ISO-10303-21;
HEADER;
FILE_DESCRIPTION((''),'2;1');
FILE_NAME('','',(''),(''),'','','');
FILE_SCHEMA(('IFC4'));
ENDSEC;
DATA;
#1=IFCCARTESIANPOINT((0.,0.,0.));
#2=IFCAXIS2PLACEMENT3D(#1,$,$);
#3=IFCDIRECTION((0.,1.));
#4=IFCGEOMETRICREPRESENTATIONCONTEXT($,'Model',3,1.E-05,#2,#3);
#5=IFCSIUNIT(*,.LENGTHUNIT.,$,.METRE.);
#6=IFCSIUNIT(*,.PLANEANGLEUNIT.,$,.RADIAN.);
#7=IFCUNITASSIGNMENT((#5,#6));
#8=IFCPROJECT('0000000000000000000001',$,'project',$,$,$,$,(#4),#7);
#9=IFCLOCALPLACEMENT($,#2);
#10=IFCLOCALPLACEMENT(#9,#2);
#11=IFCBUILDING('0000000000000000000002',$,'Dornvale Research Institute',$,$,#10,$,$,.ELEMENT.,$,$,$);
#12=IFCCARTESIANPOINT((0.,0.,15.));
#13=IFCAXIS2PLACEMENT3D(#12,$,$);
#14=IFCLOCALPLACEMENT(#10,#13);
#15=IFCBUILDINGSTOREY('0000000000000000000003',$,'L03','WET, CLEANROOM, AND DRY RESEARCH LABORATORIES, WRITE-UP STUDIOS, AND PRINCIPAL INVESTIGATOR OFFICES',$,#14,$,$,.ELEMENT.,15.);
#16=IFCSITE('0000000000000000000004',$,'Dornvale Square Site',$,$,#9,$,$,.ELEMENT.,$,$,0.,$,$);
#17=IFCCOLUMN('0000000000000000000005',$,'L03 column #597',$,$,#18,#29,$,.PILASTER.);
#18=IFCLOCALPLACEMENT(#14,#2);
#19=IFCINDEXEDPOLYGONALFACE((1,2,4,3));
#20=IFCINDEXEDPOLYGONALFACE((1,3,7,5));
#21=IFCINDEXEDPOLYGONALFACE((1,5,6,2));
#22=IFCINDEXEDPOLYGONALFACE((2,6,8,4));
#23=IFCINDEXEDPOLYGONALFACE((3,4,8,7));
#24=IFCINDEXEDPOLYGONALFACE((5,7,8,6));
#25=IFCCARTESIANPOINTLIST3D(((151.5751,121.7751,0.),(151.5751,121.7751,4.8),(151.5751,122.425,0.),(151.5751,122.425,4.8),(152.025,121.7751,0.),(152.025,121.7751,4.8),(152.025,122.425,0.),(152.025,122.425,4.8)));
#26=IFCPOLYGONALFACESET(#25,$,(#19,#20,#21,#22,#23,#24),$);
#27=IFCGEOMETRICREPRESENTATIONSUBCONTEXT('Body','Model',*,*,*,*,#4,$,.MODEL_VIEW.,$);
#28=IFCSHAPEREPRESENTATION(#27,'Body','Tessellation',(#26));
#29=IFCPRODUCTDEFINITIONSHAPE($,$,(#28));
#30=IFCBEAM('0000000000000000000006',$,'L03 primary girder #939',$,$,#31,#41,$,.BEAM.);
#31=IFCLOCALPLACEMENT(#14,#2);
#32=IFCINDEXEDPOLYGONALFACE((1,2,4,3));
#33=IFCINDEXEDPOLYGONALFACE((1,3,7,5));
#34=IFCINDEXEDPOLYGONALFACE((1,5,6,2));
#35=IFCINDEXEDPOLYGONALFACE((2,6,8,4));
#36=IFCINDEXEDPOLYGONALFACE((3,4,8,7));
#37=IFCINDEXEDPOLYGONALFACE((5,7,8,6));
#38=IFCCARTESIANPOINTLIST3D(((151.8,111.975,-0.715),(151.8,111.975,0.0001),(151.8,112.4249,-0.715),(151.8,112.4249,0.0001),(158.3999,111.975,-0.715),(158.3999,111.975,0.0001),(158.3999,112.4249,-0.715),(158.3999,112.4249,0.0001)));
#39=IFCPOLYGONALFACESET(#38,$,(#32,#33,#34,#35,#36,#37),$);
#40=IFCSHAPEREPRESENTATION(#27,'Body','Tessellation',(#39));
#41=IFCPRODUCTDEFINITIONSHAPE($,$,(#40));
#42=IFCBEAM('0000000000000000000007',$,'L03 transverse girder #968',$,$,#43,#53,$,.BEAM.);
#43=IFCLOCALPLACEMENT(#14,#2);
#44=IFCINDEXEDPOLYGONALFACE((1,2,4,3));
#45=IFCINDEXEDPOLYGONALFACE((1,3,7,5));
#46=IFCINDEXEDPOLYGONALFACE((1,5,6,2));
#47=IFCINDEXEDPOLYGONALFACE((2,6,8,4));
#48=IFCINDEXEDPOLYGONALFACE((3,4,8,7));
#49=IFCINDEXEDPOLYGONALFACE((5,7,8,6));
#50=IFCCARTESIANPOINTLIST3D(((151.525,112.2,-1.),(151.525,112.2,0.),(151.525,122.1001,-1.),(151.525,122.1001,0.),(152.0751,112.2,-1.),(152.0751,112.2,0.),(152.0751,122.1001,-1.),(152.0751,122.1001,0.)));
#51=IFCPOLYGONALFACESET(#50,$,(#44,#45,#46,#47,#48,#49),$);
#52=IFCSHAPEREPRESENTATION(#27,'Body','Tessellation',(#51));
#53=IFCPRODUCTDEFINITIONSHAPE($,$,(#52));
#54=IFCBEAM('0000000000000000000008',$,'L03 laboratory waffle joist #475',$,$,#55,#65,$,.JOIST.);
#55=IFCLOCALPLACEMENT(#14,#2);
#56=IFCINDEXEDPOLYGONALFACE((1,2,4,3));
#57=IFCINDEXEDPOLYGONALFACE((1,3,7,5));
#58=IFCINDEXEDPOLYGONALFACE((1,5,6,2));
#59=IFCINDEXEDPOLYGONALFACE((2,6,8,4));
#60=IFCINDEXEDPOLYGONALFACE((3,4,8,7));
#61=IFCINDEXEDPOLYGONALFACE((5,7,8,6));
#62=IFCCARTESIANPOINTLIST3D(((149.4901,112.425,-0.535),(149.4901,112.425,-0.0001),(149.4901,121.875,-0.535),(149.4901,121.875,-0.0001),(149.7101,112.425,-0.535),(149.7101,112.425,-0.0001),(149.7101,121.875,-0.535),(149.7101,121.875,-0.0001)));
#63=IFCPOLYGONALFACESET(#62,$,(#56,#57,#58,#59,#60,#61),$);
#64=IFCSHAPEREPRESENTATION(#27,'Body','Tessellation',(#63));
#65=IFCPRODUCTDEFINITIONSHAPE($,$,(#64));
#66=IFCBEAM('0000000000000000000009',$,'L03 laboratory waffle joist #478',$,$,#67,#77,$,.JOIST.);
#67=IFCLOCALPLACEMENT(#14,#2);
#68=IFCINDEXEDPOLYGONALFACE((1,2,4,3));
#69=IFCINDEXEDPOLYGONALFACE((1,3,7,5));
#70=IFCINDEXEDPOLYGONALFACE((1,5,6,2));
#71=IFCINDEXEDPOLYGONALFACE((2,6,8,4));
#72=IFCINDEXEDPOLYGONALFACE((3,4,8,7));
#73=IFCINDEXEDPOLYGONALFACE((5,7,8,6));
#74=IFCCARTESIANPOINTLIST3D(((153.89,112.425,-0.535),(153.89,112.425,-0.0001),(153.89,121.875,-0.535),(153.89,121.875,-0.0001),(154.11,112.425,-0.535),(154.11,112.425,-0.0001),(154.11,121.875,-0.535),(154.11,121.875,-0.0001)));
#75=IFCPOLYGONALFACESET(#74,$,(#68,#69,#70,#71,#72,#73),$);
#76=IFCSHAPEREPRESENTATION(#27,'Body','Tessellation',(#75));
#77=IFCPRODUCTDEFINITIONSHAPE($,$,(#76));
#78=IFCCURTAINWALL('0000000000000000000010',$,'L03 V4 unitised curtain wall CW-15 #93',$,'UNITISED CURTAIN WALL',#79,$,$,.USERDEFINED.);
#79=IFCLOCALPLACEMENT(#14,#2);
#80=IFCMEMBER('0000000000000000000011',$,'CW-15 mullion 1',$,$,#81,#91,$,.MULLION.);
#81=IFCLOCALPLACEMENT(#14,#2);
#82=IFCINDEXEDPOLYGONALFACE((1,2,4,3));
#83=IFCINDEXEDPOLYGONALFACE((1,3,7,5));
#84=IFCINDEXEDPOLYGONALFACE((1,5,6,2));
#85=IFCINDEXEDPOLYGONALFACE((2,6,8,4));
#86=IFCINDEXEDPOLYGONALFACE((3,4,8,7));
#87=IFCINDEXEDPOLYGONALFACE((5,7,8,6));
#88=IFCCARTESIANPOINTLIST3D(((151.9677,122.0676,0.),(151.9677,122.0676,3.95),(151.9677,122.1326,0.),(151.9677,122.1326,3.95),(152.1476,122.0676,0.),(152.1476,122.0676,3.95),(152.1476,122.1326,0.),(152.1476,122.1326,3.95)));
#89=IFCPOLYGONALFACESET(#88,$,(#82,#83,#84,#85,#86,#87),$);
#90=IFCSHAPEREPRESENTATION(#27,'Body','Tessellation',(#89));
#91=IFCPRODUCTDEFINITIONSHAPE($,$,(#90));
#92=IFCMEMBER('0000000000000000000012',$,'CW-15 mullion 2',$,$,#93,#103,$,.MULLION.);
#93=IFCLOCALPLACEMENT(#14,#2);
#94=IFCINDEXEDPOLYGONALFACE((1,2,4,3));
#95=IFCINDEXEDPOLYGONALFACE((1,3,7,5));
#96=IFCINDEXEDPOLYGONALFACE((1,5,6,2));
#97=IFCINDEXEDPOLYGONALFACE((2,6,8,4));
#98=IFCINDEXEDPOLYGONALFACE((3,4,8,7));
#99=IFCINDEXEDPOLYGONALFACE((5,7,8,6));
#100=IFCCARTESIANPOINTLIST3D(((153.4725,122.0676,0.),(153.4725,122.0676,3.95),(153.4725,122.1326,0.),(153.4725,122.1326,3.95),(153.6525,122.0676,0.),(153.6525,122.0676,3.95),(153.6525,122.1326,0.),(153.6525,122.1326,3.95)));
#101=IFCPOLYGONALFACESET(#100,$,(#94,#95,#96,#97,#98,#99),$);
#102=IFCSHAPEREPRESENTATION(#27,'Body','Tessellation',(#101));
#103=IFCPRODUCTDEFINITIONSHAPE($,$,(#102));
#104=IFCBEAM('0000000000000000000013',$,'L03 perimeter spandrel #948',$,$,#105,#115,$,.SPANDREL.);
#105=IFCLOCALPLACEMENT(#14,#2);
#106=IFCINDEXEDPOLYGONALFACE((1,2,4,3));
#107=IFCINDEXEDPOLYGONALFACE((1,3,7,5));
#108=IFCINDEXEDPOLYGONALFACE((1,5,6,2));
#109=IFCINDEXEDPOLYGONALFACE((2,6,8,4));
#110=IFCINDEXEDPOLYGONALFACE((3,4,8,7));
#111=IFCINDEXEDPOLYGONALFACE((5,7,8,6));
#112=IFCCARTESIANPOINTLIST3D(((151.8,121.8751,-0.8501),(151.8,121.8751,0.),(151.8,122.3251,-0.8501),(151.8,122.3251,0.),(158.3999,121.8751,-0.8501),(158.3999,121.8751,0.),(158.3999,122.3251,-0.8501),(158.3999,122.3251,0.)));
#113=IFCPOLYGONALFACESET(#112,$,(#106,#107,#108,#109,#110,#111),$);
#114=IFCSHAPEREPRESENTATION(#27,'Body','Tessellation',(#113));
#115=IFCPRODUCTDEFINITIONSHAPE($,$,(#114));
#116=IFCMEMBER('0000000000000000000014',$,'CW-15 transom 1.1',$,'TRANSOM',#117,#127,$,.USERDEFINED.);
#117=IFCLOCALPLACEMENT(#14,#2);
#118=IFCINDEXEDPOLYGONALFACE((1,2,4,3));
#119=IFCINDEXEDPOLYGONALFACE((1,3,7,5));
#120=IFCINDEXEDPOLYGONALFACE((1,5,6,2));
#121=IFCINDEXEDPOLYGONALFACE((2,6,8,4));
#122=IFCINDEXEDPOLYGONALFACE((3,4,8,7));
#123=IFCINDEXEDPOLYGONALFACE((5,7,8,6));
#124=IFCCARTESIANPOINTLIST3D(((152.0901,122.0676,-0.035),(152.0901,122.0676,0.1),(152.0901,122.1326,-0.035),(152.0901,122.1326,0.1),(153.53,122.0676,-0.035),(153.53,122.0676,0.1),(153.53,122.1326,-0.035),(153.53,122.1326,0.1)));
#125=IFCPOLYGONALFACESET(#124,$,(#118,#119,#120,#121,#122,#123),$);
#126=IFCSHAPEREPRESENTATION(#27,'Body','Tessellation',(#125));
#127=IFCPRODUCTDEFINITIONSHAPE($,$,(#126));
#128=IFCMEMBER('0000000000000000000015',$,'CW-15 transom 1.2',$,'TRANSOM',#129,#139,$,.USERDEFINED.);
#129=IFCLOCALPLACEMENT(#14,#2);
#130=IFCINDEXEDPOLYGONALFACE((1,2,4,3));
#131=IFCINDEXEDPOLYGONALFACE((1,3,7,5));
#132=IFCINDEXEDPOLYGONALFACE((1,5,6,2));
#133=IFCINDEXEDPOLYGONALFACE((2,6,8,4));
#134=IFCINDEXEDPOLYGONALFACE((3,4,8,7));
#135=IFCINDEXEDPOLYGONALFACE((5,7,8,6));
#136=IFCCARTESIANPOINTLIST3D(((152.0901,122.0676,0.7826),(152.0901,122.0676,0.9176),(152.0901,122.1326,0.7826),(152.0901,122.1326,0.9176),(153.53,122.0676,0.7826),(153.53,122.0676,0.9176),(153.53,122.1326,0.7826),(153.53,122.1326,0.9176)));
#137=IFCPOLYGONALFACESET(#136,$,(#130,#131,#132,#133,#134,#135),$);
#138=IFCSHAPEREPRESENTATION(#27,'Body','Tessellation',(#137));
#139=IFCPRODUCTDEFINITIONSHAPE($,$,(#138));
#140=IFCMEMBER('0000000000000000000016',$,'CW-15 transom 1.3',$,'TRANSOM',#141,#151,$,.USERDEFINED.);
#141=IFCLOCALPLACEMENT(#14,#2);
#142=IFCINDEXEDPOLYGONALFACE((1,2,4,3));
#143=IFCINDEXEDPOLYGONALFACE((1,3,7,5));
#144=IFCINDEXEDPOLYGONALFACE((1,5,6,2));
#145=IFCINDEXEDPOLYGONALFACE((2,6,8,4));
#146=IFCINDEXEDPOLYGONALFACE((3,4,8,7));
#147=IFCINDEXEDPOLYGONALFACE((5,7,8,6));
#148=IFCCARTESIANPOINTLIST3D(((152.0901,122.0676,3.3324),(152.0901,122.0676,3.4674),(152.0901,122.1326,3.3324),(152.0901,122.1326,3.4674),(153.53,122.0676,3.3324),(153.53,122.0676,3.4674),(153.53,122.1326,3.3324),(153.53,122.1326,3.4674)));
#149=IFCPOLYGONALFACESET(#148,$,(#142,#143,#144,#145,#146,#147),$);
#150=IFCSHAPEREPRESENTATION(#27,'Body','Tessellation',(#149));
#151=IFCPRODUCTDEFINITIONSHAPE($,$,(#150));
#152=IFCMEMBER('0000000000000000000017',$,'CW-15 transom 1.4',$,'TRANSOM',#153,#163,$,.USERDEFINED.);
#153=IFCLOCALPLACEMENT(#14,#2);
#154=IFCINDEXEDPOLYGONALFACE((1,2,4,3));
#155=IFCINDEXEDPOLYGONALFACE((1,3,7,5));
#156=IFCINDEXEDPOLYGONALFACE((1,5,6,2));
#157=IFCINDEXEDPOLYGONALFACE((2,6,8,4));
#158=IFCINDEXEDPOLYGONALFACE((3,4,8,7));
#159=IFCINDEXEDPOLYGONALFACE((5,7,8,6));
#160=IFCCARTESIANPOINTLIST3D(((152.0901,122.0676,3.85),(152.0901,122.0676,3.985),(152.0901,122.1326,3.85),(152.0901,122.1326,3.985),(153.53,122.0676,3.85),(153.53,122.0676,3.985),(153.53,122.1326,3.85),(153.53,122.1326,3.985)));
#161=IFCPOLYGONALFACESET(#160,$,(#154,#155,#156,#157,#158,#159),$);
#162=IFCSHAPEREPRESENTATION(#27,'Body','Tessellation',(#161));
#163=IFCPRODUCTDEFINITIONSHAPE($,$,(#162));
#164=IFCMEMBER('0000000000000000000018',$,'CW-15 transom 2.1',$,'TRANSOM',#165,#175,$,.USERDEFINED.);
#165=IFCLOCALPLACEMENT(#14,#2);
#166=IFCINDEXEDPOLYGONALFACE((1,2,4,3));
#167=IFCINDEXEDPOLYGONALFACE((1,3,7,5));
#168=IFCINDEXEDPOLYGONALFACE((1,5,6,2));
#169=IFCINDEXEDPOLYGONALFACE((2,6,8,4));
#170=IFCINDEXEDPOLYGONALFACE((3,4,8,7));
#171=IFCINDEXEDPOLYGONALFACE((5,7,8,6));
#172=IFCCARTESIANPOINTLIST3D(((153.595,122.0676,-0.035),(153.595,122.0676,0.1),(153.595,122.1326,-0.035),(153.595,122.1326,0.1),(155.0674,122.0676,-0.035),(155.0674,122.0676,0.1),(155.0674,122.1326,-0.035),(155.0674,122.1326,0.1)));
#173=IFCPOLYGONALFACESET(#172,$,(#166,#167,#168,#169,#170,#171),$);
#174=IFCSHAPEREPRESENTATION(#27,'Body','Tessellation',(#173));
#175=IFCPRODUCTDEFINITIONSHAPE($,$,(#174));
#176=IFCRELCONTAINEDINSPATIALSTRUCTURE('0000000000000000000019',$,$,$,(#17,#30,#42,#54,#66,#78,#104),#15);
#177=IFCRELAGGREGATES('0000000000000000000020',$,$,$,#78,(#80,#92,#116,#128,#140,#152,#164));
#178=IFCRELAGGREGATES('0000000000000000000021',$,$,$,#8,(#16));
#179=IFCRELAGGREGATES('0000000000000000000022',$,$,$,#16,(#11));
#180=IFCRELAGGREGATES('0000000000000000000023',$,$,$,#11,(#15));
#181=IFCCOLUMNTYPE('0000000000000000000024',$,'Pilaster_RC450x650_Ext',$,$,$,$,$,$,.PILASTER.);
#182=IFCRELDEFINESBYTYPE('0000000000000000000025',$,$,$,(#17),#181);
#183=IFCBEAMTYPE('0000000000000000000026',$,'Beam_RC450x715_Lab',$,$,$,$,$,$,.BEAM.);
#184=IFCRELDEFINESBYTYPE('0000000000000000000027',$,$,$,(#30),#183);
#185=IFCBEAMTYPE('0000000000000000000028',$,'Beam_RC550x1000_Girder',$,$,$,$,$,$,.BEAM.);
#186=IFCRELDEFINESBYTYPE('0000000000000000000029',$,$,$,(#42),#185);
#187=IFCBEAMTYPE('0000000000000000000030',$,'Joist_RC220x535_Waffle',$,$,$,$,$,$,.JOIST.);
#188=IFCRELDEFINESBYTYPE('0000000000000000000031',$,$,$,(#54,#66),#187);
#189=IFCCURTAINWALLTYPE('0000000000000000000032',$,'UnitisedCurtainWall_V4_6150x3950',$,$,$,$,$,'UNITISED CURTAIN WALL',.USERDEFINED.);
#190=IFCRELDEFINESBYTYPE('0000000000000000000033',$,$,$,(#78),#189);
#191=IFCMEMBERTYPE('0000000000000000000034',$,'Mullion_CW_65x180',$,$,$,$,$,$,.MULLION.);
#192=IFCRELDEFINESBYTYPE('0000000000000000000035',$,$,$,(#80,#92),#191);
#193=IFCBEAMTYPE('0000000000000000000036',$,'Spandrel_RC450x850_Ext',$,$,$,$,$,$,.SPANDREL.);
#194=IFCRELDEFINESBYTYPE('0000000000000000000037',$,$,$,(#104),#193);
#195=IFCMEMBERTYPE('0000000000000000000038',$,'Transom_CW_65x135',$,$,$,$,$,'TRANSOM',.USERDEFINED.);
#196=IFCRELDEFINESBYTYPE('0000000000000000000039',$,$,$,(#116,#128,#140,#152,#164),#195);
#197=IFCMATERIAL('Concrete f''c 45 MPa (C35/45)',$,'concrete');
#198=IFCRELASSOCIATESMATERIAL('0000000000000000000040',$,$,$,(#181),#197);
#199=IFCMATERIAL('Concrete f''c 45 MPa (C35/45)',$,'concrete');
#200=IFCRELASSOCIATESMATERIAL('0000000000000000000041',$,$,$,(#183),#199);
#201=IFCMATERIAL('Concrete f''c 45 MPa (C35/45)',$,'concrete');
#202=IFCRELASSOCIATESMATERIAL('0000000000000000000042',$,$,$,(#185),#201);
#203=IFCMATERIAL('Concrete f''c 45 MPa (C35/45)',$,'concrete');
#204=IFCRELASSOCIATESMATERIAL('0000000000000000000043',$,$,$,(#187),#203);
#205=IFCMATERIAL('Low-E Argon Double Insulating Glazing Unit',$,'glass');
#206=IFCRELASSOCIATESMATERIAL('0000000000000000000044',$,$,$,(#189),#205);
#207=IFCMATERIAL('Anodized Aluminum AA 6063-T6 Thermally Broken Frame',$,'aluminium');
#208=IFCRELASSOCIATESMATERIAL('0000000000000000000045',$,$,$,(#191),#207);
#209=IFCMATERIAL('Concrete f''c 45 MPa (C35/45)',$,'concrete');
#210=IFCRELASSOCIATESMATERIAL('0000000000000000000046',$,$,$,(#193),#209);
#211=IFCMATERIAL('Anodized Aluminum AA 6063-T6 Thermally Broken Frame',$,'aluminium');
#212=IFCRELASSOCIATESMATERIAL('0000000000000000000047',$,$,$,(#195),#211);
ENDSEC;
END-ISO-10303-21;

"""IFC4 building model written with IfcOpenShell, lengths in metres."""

from ifc_helpers import new_model, si_unit, direction, frame, origin, origin_2d, place, context, subcontext, project, spatial, rectangle, extrude, material, material_profile, profile_set, type_object, element, aggregate, save


model = new_model("IFC4")

# Units and contexts
model_context = context("Model", 3, precision=1e-05, world=origin(), true_north=direction((0.0, 1.0)))
body_context = subcontext(model_context, "Body", "Model", "MODEL_VIEW")
ifc_project = project(units=[si_unit("LENGTHUNIT", "METRE"), si_unit("PLANEANGLEUNIT", "RADIAN")], contexts=[model_context])

# Site, building, storey
site_placement = place(None, origin())
site = spatial("IfcSite", under=ifc_project, at=site_placement, Name="Dornvale Square Site", CompositionType="ELEMENT", RefElevation=0.0)
building_placement = place(site_placement, origin())
building = spatial("IfcBuilding", under=site, at=building_placement, Name="Dornvale Research Institute", CompositionType="ELEMENT")
storey_placement = place(building_placement, frame((0.0, 0.0, 15.0)))
storey = spatial("IfcBuildingStorey", under=building, at=storey_placement, Name="L03", Description="WET, CLEANROOM, AND DRY RESEARCH LABORATORIES, WRITE-UP STUDIOS, AND PRINCIPAL INVESTIGATOR OFFICES", CompositionType="ELEMENT", Elevation=15.0)

# Column
ifc_material_1 = material(Name="Concrete f'c 45 MPa (C35/45)", Category="concrete")
ifc_material_profile_1 = material_profile(ifc_material_1, rectangle(XDim=0.45, YDim=0.6499, at=origin_2d()), Name="RC 450x650")
ifc_profile_set_1 = profile_set([ifc_material_profile_1], Name="Concrete f'c 45 MPa (C35/45)")
column_type = type_object("IfcColumnType", Name="Pilaster_RC450x650_Ext", PredefinedType="PILASTER", material=ifc_profile_set_1)
column_placement = place(storey_placement, frame((151.8, 122.1001, 0.0), z_axis=(0.0, 0.0, 1.0), x_axis=(1.0, 0.0, 0.0)))
element("IfcColumn", 1, at=column_placement, inside=storey, type_object=column_type, Name="L03 column #597", PredefinedType="PILASTER", context=body_context, shape_type="SweptSolid", body=[
    extrude(rectangle(XDim=0.45, YDim=0.6499, at=origin_2d()), origin(), (0.0, 0.0, 1.0), 4.8),
])

# Beams
ifc_material_2 = material(Name="Concrete f'c 45 MPa (C35/45)", Category="concrete")
ifc_material_profile_2 = material_profile(ifc_material_2, rectangle(XDim=0.45, YDim=0.7151, at=origin_2d()), Name="RC 450x715")
ifc_profile_set_2 = profile_set([ifc_material_profile_2], Name="Concrete f'c 45 MPa (C35/45)")
beam_type_1 = type_object("IfcBeamType", Name="Beam_RC450x715_Lab", PredefinedType="BEAM", material=ifc_profile_set_2)
beam_1_placement = place(storey_placement, frame((151.8, 112.2, -0.3574), z_axis=(1.0, 0.0, 0.0), x_axis=(0.0, 1.0, 0.0)))
element("IfcBeam", 2, at=beam_1_placement, inside=storey, type_object=beam_type_1, Name="L03 primary girder #939", PredefinedType="BEAM", context=body_context, shape_type="SweptSolid", body=[
    extrude(rectangle(XDim=0.45, YDim=0.7151, at=origin_2d()), origin(), (0.0, 0.0, 1.0), 6.5999),
])
ifc_material_3 = material(Name="Concrete f'c 45 MPa (C35/45)", Category="concrete")
ifc_material_profile_3 = material_profile(ifc_material_3, rectangle(XDim=0.55, YDim=1.0, at=origin_2d()), Name="RC 550x1000")
ifc_profile_set_3 = profile_set([ifc_material_profile_3], Name="Concrete f'c 45 MPa (C35/45)")
beam_type_2 = type_object("IfcBeamType", Name="Beam_RC550x1000_Girder", PredefinedType="BEAM", material=ifc_profile_set_3)
beam_2_placement = place(storey_placement, frame((151.8, 112.2, -0.5), z_axis=(0.0, 1.0, 0.0), x_axis=(-1.0, 0.0, 0.0)))
element("IfcBeam", 3, at=beam_2_placement, inside=storey, type_object=beam_type_2, Name="L03 transverse girder #968", PredefinedType="BEAM", context=body_context, shape_type="SweptSolid", body=[
    extrude(rectangle(XDim=0.55, YDim=1.0, at=origin_2d()), origin(), (0.0, 0.0, 1.0), 9.9001),
])
ifc_material_4 = material(Name="Concrete f'c 45 MPa (C35/45)", Category="concrete")
ifc_material_profile_4 = material_profile(ifc_material_4, rectangle(XDim=0.22, YDim=0.5349, at=origin_2d()), Name="RC 220x535")
ifc_profile_set_4 = profile_set([ifc_material_profile_4], Name="Concrete f'c 45 MPa (C35/45)")
beam_type_3 = type_object("IfcBeamType", Name="Joist_RC220x535_Waffle", PredefinedType="JOIST", material=ifc_profile_set_4)
for number, where, z_axis, x_axis, name in (
    (4, (149.6001, 112.425, -0.2676), (0.0, 1.0, 0.0), (-1.0, 0.0, 0.0), "L03 laboratory waffle joist #475"),
    (5, (154.0, 112.425, -0.2676), (0.0, 1.0, 0.0), (-1.0, 0.0, 0.0), "L03 laboratory waffle joist #478"),
):
    element("IfcBeam", number, at=place(storey_placement, frame(where, z_axis=z_axis, x_axis=x_axis)), inside=storey, type_object=beam_type_3, Name=name, PredefinedType="JOIST", context=body_context, shape_type="SweptSolid", body=[
        extrude(rectangle(XDim=0.22, YDim=0.5349, at=origin_2d()), origin(), (0.0, 0.0, 1.0), 9.45),
    ])

# Curtain wall, members
ifc_material_5 = material(Name="Low-E Argon Double Insulating Glazing Unit", Category="glass")
curtain_wall_type = type_object("IfcCurtainWallType", Name="UnitisedCurtainWall_V4_6150x3950", ElementType="UNITISED CURTAIN WALL", PredefinedType="USERDEFINED", material=ifc_material_5)
curtain_wall_placement = place(storey_placement, origin())
curtain_wall = element("IfcCurtainWall", 6, at=curtain_wall_placement, inside=storey, type_object=curtain_wall_type, Name="L03 V4 unitised curtain wall CW-15 #93", ObjectType="UNITISED CURTAIN WALL", PredefinedType="USERDEFINED")
ifc_material_6 = material(Name="Anodized Aluminum AA 6063-T6 Thermally Broken Frame", Category="aluminium")
ifc_material_profile_5 = material_profile(ifc_material_6, rectangle(XDim=0.0649, YDim=0.1799, at=origin_2d()), Name="ALU MULLION 65x180")
ifc_profile_set_5 = profile_set([ifc_material_profile_5], Name="Anodized Aluminum AA 6063-T6 Thermally Broken Frame")
member_type_1 = type_object("IfcMemberType", Name="Mullion_CW_65x180", PredefinedType="MULLION", material=ifc_profile_set_5)
member_1_placement = place(storey_placement, frame((152.0576, 122.1001, 0.0), z_axis=(0.0, 0.0, 1.0), x_axis=(0.0, 1.0, 0.0)))
member_1 = element("IfcMember", 7, at=member_1_placement, type_object=member_type_1, Name="CW-15 mullion 1", PredefinedType="MULLION", context=body_context, shape_type="SweptSolid", body=[
    extrude(rectangle(XDim=0.0649, YDim=0.1799, at=origin_2d()), origin(), (0.0, 0.0, 1.0), 3.95),
])
member_2_placement = place(storey_placement, frame((153.5625, 122.1001, 0.0), z_axis=(0.0, 0.0, 1.0), x_axis=(0.0, 1.0, 0.0)))
member_2 = element("IfcMember", 8, at=member_2_placement, type_object=member_type_1, Name="CW-15 mullion 2", PredefinedType="MULLION", context=body_context, shape_type="SweptSolid", body=[
    extrude(rectangle(XDim=0.0649, YDim=0.1799, at=origin_2d()), origin(), (0.0, 0.0, 1.0), 3.95),
])

# Beam
ifc_material_7 = material(Name="Concrete f'c 45 MPa (C35/45)", Category="concrete")
ifc_material_profile_6 = material_profile(ifc_material_7, rectangle(XDim=0.45, YDim=0.8501, at=origin_2d()), Name="RC 450x850")
ifc_profile_set_6 = profile_set([ifc_material_profile_6], Name="Concrete f'c 45 MPa (C35/45)")
beam_type_4 = type_object("IfcBeamType", Name="Spandrel_RC450x850_Ext", PredefinedType="SPANDREL", material=ifc_profile_set_6)
beam_3_placement = place(storey_placement, frame((151.8, 122.1001, -0.425), z_axis=(1.0, 0.0, 0.0), x_axis=(0.0, 1.0, 0.0)))
element("IfcBeam", 9, at=beam_3_placement, inside=storey, type_object=beam_type_4, Name="L03 perimeter spandrel #948", PredefinedType="SPANDREL", context=body_context, shape_type="SweptSolid", body=[
    extrude(rectangle(XDim=0.45, YDim=0.8501, at=origin_2d()), origin(), (0.0, 0.0, 1.0), 6.5999),
])

# Members
ifc_material_8 = material(Name="Anodized Aluminum AA 6063-T6 Thermally Broken Frame", Category="aluminium")
ifc_material_profile_7 = material_profile(ifc_material_8, rectangle(XDim=0.0649, YDim=0.135, at=origin_2d()), Name="ALU TRANSOM 65x135")
ifc_profile_set_7 = profile_set([ifc_material_profile_7], Name="Anodized Aluminum AA 6063-T6 Thermally Broken Frame")
member_type_2 = type_object("IfcMemberType", Name="Transom_CW_65x135", ElementType="TRANSOM", PredefinedType="USERDEFINED", material=ifc_profile_set_7)
member_3_placement = place(storey_placement, frame((152.0901, 122.1001, 0.0325), z_axis=(1.0, 0.0, 0.0), x_axis=(0.0, 1.0, 0.0)))
member_3 = element("IfcMember", 10, at=member_3_placement, type_object=member_type_2, Name="CW-15 transom 1.1", ObjectType="TRANSOM", PredefinedType="USERDEFINED", context=body_context, shape_type="SweptSolid", body=[
    extrude(rectangle(XDim=0.0649, YDim=0.135, at=origin_2d()), origin(), (0.0, 0.0, 1.0), 1.4399),
])
member_4_placement = place(storey_placement, frame((152.0901, 122.1001, 0.8501), z_axis=(1.0, 0.0, 0.0), x_axis=(0.0, 1.0, 0.0)))
member_4 = element("IfcMember", 11, at=member_4_placement, type_object=member_type_2, Name="CW-15 transom 1.2", ObjectType="TRANSOM", PredefinedType="USERDEFINED", context=body_context, shape_type="SweptSolid", body=[
    extrude(rectangle(XDim=0.0649, YDim=0.135, at=origin_2d()), origin(), (0.0, 0.0, 1.0), 1.4399),
])
member_5_placement = place(storey_placement, frame((152.0901, 122.1001, 3.3999), z_axis=(1.0, 0.0, 0.0), x_axis=(0.0, 1.0, 0.0)))
member_5 = element("IfcMember", 12, at=member_5_placement, type_object=member_type_2, Name="CW-15 transom 1.3", ObjectType="TRANSOM", PredefinedType="USERDEFINED", context=body_context, shape_type="SweptSolid", body=[
    extrude(rectangle(XDim=0.0649, YDim=0.135, at=origin_2d()), origin(), (0.0, 0.0, 1.0), 1.4399),
])
member_6_placement = place(storey_placement, frame((152.0901, 122.1001, 3.9175), z_axis=(1.0, 0.0, 0.0), x_axis=(0.0, 1.0, 0.0)))
member_6 = element("IfcMember", 13, at=member_6_placement, type_object=member_type_2, Name="CW-15 transom 1.4", ObjectType="TRANSOM", PredefinedType="USERDEFINED", context=body_context, shape_type="SweptSolid", body=[
    extrude(rectangle(XDim=0.0649, YDim=0.135, at=origin_2d()), origin(), (0.0, 0.0, 1.0), 1.4399),
])
member_7_placement = place(storey_placement, frame((153.595, 122.1001, 0.0325), z_axis=(1.0, 0.0, 0.0), x_axis=(0.0, 1.0, 0.0)))
member_7 = element("IfcMember", 14, at=member_7_placement, type_object=member_type_2, Name="CW-15 transom 2.1", ObjectType="TRANSOM", PredefinedType="USERDEFINED", context=body_context, shape_type="SweptSolid", body=[
    extrude(rectangle(XDim=0.0649, YDim=0.135, at=origin_2d()), origin(), (0.0, 0.0, 1.0), 1.4724),
])

aggregate(curtain_wall, [member_1, member_2, member_3, member_4, member_5, member_6, member_7])

save(model, "model.ifc")
